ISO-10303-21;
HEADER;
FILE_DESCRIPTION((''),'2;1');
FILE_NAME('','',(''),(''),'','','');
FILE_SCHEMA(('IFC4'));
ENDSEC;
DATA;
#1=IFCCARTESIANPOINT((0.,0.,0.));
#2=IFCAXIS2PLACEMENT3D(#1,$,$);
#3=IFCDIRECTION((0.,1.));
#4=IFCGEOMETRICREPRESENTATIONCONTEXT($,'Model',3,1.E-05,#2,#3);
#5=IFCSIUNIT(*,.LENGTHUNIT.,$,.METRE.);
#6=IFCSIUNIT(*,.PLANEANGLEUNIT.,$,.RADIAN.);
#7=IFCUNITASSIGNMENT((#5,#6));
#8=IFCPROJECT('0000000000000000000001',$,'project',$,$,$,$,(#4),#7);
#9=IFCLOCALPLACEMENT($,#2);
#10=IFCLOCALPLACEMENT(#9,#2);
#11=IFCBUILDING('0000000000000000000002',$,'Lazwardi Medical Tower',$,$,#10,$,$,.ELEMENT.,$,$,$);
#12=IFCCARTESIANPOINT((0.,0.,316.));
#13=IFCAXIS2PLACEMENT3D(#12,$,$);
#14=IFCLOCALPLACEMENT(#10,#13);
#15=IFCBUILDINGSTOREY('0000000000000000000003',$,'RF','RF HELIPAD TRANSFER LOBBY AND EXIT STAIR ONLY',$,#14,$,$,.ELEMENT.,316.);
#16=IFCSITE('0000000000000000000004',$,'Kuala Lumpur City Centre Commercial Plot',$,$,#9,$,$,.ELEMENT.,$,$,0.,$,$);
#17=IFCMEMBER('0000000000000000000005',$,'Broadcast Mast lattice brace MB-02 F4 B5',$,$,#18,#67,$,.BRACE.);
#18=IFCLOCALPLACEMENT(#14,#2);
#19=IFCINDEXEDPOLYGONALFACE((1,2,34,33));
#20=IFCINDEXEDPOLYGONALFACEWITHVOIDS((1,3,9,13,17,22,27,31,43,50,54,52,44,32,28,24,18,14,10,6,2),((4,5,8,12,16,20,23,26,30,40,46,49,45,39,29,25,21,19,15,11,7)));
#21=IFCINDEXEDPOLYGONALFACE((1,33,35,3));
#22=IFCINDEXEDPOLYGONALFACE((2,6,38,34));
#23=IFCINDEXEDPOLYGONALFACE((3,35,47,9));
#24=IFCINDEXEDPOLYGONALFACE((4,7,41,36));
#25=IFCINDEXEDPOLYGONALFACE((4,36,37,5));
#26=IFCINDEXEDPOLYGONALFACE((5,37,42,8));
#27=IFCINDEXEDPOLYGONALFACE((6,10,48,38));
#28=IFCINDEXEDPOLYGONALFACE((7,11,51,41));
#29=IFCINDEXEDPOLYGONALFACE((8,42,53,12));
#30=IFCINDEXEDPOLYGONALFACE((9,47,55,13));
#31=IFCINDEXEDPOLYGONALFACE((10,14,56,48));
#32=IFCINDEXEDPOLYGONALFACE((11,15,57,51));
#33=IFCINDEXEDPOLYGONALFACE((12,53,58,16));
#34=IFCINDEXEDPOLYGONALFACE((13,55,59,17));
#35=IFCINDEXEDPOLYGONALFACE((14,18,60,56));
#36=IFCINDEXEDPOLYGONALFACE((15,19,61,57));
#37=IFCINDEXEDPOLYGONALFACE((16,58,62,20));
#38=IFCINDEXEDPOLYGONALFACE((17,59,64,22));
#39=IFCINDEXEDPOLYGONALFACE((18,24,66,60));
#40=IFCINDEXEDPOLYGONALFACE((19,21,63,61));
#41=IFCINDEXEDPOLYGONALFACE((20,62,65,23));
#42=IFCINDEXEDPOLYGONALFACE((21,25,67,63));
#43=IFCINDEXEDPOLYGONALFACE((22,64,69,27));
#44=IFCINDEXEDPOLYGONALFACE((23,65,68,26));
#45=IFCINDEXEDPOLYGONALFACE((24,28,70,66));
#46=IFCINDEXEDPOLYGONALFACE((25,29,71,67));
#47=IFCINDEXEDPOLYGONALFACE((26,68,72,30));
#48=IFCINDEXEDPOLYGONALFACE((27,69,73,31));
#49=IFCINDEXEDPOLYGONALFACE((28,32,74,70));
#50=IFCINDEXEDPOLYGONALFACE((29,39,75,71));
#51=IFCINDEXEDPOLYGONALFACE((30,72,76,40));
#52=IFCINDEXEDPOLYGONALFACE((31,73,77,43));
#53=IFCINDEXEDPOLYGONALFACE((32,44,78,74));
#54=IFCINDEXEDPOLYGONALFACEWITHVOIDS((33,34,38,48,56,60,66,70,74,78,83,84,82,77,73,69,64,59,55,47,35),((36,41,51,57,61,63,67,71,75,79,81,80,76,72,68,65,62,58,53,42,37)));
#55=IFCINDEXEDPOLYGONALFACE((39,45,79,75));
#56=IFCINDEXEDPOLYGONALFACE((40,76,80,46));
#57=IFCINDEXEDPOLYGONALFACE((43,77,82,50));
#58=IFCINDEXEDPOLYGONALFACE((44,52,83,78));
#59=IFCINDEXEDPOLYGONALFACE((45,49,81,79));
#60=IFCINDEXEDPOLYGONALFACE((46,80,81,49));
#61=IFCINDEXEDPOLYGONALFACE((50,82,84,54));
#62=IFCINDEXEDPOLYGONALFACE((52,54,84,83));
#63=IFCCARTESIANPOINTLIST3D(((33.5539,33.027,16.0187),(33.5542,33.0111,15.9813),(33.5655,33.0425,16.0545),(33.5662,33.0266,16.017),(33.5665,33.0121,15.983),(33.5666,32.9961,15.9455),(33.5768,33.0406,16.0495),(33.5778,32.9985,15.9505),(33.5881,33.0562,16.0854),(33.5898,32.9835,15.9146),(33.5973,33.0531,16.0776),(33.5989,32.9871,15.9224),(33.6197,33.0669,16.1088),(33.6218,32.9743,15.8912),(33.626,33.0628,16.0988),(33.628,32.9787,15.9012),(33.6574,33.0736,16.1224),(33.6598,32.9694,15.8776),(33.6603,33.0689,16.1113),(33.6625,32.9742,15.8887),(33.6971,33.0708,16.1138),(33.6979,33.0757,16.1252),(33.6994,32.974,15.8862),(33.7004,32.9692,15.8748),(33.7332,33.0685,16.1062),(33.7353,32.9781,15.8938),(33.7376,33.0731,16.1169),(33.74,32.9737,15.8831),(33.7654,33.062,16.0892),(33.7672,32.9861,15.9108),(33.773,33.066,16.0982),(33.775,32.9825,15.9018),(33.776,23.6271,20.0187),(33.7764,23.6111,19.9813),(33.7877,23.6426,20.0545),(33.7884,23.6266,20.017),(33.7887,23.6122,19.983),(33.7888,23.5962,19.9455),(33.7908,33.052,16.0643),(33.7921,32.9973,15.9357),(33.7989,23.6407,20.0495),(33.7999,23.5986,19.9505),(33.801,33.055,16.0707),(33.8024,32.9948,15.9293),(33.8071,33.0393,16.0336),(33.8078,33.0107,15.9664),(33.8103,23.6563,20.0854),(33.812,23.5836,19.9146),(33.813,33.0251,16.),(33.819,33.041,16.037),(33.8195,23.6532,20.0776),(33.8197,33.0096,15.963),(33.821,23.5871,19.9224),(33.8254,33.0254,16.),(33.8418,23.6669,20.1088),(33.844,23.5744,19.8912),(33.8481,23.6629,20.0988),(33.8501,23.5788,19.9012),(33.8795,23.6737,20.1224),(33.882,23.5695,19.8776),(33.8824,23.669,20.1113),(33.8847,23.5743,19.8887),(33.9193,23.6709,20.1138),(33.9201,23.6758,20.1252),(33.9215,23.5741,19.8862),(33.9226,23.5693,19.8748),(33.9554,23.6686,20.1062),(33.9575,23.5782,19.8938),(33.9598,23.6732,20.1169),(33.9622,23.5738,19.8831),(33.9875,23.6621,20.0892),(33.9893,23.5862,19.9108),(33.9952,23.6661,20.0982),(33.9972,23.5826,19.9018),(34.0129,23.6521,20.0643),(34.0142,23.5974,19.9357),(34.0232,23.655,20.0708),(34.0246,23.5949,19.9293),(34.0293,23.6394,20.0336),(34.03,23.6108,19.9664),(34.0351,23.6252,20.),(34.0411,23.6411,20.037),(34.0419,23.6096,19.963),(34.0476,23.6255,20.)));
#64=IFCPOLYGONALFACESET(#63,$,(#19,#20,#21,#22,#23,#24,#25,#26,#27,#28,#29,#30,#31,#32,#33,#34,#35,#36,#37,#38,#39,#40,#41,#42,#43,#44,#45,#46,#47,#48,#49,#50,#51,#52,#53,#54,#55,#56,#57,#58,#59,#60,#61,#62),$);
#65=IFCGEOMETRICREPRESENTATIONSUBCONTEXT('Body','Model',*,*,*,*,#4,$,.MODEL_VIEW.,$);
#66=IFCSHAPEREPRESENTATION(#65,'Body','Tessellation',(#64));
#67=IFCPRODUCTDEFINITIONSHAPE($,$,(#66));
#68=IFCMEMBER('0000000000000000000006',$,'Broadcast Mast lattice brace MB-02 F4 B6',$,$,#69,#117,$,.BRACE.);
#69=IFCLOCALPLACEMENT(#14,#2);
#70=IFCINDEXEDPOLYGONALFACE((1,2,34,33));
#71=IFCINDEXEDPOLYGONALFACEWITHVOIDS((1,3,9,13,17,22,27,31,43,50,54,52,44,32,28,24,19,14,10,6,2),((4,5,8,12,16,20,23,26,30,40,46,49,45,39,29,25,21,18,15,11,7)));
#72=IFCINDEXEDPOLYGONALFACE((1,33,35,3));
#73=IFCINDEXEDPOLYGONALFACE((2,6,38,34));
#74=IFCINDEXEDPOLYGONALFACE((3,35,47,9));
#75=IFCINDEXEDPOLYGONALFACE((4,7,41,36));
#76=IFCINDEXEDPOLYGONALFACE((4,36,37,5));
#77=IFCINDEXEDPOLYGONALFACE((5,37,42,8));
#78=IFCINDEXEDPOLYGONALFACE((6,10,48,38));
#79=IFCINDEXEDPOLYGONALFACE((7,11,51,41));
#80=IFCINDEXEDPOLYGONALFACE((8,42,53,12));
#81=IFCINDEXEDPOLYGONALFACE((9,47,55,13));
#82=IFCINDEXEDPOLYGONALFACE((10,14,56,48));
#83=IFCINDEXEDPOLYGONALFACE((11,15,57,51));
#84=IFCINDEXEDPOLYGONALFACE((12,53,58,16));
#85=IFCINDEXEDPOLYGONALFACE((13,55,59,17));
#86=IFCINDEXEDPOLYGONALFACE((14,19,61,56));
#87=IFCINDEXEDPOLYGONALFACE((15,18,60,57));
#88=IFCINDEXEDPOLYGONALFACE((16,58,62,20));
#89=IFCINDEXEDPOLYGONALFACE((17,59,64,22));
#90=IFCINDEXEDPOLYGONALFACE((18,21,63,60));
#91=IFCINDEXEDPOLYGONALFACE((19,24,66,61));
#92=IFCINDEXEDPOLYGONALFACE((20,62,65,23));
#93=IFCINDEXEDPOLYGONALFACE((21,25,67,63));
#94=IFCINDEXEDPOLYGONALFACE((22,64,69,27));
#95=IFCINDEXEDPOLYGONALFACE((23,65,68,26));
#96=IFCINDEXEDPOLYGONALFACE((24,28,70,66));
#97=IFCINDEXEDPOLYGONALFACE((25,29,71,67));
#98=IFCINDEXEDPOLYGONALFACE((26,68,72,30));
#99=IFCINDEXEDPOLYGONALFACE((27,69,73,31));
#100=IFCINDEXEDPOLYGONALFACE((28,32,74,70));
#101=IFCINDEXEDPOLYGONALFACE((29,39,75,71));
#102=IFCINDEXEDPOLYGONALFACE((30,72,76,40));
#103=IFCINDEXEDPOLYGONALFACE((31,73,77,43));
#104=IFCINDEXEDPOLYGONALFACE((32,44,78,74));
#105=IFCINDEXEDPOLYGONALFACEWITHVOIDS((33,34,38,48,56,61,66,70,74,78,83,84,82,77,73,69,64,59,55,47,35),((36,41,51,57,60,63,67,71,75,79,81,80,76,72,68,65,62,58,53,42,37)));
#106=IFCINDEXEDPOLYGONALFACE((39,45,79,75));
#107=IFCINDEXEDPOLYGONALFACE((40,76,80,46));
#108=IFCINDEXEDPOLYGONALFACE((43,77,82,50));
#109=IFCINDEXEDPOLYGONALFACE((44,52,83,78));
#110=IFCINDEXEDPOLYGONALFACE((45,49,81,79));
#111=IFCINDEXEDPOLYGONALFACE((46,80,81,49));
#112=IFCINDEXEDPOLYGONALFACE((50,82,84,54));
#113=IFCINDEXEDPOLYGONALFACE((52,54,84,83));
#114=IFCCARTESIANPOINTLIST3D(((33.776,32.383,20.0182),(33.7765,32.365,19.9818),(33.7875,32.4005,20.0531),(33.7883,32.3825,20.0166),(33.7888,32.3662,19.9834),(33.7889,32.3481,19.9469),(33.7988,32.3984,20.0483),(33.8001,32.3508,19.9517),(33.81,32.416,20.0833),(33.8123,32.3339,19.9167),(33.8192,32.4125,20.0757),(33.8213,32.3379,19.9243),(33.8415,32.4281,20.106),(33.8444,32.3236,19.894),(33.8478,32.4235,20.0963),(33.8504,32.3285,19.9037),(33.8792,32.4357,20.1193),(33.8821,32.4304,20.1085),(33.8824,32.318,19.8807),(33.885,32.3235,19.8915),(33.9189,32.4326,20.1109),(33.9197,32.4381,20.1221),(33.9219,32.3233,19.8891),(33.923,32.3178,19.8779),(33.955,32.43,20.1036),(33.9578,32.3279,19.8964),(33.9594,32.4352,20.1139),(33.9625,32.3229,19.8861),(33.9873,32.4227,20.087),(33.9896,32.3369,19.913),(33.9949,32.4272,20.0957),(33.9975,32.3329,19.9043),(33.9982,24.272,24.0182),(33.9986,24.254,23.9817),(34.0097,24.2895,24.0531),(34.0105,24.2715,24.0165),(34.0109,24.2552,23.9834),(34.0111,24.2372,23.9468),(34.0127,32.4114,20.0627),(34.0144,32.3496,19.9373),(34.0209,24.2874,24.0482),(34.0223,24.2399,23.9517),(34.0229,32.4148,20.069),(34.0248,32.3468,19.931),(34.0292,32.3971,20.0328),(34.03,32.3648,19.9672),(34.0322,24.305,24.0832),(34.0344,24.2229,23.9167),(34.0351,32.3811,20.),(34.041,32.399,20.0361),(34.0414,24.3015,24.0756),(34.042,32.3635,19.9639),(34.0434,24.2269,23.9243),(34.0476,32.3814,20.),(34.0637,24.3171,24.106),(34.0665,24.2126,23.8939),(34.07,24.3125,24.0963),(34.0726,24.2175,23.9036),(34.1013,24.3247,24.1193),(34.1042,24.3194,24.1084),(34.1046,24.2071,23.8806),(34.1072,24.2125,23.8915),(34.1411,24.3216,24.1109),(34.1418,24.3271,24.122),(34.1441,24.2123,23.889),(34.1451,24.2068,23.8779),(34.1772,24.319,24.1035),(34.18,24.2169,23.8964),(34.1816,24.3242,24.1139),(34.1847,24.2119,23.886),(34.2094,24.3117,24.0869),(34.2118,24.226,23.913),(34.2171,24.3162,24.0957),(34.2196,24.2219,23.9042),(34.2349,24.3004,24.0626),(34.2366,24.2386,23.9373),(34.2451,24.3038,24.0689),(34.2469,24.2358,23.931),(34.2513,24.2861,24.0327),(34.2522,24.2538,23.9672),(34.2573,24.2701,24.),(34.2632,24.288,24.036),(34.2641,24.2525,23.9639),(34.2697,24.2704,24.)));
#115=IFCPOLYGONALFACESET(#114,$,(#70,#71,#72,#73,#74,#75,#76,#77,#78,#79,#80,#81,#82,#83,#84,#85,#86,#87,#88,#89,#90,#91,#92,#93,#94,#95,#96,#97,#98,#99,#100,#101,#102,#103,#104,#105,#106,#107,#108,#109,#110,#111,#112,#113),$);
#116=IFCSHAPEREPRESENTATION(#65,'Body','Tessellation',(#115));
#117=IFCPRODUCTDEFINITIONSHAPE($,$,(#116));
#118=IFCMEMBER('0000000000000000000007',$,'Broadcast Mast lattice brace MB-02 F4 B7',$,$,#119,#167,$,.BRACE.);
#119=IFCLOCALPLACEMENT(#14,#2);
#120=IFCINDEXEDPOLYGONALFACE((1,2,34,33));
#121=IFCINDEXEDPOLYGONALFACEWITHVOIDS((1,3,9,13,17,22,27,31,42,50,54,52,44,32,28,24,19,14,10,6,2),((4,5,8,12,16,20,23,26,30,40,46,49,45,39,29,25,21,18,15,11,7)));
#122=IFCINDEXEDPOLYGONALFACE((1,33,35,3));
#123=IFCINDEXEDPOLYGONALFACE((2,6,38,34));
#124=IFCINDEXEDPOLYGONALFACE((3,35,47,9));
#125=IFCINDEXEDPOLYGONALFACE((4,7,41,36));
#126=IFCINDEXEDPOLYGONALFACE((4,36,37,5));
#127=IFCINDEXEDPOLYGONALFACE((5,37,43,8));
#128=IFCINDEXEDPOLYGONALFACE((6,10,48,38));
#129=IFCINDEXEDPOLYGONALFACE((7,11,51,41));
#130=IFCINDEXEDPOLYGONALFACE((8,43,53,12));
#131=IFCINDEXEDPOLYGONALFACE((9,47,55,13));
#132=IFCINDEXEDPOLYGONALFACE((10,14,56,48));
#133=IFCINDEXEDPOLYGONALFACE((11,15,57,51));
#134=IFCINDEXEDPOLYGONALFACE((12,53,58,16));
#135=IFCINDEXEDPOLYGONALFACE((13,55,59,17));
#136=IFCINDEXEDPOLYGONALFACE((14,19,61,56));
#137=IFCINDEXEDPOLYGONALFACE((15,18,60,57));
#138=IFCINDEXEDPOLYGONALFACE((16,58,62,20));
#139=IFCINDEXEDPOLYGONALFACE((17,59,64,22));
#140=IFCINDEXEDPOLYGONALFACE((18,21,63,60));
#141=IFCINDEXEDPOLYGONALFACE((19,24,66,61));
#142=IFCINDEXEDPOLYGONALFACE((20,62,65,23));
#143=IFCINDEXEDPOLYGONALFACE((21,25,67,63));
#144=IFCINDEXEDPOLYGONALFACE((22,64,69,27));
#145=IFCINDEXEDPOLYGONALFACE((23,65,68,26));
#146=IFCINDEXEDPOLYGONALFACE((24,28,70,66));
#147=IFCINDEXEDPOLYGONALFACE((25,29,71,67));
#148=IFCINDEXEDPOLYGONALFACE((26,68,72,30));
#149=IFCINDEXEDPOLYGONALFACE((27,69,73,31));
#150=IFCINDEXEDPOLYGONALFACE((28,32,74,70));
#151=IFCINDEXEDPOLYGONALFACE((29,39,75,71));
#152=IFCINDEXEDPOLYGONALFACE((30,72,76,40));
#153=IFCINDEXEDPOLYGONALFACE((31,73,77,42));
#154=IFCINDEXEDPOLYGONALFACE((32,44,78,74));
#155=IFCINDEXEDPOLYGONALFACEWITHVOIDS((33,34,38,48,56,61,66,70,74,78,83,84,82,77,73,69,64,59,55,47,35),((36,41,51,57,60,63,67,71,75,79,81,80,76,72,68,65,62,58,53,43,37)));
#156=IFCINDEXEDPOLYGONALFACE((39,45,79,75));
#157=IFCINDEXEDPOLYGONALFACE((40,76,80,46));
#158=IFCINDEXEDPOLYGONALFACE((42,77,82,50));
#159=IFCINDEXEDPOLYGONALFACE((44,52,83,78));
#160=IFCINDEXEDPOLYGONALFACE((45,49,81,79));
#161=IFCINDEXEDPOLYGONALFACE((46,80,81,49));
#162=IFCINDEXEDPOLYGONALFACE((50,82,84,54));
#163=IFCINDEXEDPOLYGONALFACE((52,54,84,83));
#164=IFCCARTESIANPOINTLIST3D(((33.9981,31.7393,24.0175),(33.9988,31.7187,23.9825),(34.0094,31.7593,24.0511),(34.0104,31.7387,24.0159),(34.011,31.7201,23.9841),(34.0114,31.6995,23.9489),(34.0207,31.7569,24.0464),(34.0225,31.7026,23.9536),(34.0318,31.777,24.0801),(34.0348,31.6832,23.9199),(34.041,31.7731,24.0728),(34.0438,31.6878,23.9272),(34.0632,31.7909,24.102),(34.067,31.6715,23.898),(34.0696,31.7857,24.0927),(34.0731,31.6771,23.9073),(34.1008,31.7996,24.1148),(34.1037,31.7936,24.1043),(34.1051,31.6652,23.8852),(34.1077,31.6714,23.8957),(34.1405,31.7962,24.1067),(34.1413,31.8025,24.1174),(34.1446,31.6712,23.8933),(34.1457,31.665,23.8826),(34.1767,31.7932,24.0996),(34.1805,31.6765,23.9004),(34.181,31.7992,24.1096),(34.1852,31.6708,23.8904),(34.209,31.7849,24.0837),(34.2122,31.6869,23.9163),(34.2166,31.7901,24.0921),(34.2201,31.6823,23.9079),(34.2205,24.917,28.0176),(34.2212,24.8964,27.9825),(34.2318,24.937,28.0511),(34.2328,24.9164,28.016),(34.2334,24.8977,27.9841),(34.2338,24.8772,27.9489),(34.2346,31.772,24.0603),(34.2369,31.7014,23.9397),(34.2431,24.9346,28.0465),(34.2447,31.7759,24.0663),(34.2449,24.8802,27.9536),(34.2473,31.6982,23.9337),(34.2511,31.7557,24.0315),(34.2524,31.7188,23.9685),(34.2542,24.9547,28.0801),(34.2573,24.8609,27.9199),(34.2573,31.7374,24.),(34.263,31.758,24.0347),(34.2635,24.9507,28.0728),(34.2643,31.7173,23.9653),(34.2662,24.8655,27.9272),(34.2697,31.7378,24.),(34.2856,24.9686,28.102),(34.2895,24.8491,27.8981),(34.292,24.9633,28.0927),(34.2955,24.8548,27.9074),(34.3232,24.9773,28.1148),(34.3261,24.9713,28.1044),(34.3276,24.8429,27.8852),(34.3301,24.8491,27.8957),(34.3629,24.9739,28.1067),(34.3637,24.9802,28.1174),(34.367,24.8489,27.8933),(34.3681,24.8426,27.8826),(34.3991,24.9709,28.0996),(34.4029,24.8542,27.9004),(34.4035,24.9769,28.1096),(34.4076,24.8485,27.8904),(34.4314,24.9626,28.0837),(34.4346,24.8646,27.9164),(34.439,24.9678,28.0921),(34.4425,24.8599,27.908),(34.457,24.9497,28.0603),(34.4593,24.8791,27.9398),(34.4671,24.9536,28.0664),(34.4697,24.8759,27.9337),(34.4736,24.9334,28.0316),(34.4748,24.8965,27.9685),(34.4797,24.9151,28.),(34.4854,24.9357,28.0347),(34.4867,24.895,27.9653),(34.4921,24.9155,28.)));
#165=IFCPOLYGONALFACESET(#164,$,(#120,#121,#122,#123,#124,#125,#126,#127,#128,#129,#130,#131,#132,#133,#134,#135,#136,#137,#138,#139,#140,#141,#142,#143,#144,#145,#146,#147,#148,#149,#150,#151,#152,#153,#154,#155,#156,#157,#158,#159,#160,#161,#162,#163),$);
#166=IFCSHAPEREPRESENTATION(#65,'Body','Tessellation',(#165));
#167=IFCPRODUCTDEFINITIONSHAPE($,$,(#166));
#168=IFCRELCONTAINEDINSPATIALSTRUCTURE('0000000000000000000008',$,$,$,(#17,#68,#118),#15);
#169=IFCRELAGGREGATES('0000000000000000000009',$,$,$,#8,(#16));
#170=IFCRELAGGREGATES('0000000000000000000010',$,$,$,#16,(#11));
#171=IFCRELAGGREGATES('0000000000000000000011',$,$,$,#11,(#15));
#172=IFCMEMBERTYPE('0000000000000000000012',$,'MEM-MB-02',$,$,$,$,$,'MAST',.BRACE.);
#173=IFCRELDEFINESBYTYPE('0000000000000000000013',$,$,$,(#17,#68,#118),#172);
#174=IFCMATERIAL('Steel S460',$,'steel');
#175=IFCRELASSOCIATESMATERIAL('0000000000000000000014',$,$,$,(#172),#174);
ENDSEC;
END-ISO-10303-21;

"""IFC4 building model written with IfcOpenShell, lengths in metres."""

from ifc_helpers import new_model, si_unit, direction, frame, origin, origin_2d, place, context, subcontext, project, spatial, hollow_circle, extrude, material, material_profile, profile_set, type_object, element, save


model = new_model("IFC4")

# Units and contexts
model_context = context("Model", 3, precision=1e-05, world=origin(), true_north=direction((0.0, 1.0)))
body_context = subcontext(model_context, "Body", "Model", "MODEL_VIEW")
ifc_project = project(units=[si_unit("LENGTHUNIT", "METRE"), si_unit("PLANEANGLEUNIT", "RADIAN")], contexts=[model_context])

# Site, building, storey
site_placement = place(None, origin())
site = spatial("IfcSite", under=ifc_project, at=site_placement, Name="Kuala Lumpur City Centre Commercial Plot", CompositionType="ELEMENT", RefElevation=0.0)
building_placement = place(site_placement, origin())
building = spatial("IfcBuilding", under=site, at=building_placement, Name="Lazwardi Medical Tower", CompositionType="ELEMENT")
storey_placement = place(building_placement, frame((0.0, 0.0, 316.0)))
storey = spatial("IfcBuildingStorey", under=building, at=storey_placement, Name="RF", Description="RF HELIPAD TRANSFER LOBBY AND EXIT STAIR ONLY", CompositionType="ELEMENT", Elevation=316.0)

# Members
ifc_material = material(Name="Steel S460", Category="steel")
ifc_material_profile_1 = material_profile(ifc_material, hollow_circle(Radius=0.1365, WallThickness=0.0125, at=origin_2d()), Name="CHS 273x12.5")
ifc_profile_set_1 = profile_set([ifc_material_profile_1], Name="Steel S460")
member_type_1 = type_object("IfcMemberType", Name="MEM-MB-02", ElementType="MAST", PredefinedType="BRACE", material=ifc_profile_set_1)
member_1_placement = place(storey_placement, frame((33.689, 33.0222, 16.0), z_axis=(0.021743, -0.919936, 0.391466), x_axis=(0.999721, 0.023629, 0.0)))
element("IfcMember", 1, at=member_1_placement, inside=storey, type_object=member_type_1, Name="Broadcast Mast lattice brace MB-02 F4 B5", PredefinedType="BRACE", context=body_context, shape_type="SweptSolid", body=[
    extrude(hollow_circle(Radius=0.1365, WallThickness=0.0125, at=origin_2d()), origin(), (0.0, 0.0, 1.0), 10.218),
])
member_2_placement = place(storey_placement, frame((33.9111, 32.3777, 20.0), z_axis=(0.024558, -0.8966, 0.44216), x_axis=(0.999625, 0.02738, 0.0)))
element("IfcMember", 2, at=member_2_placement, inside=storey, type_object=member_type_1, Name="Broadcast Mast lattice brace MB-02 F4 B6", PredefinedType="BRACE", context=body_context, shape_type="SweptSolid", body=[
    extrude(hollow_circle(Radius=0.1365, WallThickness=0.0125, at=origin_2d()), origin(), (0.0, 0.0, 1.0), 9.0464),
])
member_3_placement = place(storey_placement, frame((34.1333, 31.7334, 24.0), z_axis=(0.028112, -0.862316, 0.505589), x_axis=(0.999469, 0.032584, 0.0)))
element("IfcMember", 3, at=member_3_placement, inside=storey, type_object=member_type_1, Name="Broadcast Mast lattice brace MB-02 F4 B7", PredefinedType="BRACE", context=body_context, shape_type="SweptSolid", body=[
    extrude(hollow_circle(Radius=0.1365, WallThickness=0.0125, at=origin_2d()), origin(), (0.0, 0.0, 1.0), 7.9116),
])

save(model, "model.ifc")
